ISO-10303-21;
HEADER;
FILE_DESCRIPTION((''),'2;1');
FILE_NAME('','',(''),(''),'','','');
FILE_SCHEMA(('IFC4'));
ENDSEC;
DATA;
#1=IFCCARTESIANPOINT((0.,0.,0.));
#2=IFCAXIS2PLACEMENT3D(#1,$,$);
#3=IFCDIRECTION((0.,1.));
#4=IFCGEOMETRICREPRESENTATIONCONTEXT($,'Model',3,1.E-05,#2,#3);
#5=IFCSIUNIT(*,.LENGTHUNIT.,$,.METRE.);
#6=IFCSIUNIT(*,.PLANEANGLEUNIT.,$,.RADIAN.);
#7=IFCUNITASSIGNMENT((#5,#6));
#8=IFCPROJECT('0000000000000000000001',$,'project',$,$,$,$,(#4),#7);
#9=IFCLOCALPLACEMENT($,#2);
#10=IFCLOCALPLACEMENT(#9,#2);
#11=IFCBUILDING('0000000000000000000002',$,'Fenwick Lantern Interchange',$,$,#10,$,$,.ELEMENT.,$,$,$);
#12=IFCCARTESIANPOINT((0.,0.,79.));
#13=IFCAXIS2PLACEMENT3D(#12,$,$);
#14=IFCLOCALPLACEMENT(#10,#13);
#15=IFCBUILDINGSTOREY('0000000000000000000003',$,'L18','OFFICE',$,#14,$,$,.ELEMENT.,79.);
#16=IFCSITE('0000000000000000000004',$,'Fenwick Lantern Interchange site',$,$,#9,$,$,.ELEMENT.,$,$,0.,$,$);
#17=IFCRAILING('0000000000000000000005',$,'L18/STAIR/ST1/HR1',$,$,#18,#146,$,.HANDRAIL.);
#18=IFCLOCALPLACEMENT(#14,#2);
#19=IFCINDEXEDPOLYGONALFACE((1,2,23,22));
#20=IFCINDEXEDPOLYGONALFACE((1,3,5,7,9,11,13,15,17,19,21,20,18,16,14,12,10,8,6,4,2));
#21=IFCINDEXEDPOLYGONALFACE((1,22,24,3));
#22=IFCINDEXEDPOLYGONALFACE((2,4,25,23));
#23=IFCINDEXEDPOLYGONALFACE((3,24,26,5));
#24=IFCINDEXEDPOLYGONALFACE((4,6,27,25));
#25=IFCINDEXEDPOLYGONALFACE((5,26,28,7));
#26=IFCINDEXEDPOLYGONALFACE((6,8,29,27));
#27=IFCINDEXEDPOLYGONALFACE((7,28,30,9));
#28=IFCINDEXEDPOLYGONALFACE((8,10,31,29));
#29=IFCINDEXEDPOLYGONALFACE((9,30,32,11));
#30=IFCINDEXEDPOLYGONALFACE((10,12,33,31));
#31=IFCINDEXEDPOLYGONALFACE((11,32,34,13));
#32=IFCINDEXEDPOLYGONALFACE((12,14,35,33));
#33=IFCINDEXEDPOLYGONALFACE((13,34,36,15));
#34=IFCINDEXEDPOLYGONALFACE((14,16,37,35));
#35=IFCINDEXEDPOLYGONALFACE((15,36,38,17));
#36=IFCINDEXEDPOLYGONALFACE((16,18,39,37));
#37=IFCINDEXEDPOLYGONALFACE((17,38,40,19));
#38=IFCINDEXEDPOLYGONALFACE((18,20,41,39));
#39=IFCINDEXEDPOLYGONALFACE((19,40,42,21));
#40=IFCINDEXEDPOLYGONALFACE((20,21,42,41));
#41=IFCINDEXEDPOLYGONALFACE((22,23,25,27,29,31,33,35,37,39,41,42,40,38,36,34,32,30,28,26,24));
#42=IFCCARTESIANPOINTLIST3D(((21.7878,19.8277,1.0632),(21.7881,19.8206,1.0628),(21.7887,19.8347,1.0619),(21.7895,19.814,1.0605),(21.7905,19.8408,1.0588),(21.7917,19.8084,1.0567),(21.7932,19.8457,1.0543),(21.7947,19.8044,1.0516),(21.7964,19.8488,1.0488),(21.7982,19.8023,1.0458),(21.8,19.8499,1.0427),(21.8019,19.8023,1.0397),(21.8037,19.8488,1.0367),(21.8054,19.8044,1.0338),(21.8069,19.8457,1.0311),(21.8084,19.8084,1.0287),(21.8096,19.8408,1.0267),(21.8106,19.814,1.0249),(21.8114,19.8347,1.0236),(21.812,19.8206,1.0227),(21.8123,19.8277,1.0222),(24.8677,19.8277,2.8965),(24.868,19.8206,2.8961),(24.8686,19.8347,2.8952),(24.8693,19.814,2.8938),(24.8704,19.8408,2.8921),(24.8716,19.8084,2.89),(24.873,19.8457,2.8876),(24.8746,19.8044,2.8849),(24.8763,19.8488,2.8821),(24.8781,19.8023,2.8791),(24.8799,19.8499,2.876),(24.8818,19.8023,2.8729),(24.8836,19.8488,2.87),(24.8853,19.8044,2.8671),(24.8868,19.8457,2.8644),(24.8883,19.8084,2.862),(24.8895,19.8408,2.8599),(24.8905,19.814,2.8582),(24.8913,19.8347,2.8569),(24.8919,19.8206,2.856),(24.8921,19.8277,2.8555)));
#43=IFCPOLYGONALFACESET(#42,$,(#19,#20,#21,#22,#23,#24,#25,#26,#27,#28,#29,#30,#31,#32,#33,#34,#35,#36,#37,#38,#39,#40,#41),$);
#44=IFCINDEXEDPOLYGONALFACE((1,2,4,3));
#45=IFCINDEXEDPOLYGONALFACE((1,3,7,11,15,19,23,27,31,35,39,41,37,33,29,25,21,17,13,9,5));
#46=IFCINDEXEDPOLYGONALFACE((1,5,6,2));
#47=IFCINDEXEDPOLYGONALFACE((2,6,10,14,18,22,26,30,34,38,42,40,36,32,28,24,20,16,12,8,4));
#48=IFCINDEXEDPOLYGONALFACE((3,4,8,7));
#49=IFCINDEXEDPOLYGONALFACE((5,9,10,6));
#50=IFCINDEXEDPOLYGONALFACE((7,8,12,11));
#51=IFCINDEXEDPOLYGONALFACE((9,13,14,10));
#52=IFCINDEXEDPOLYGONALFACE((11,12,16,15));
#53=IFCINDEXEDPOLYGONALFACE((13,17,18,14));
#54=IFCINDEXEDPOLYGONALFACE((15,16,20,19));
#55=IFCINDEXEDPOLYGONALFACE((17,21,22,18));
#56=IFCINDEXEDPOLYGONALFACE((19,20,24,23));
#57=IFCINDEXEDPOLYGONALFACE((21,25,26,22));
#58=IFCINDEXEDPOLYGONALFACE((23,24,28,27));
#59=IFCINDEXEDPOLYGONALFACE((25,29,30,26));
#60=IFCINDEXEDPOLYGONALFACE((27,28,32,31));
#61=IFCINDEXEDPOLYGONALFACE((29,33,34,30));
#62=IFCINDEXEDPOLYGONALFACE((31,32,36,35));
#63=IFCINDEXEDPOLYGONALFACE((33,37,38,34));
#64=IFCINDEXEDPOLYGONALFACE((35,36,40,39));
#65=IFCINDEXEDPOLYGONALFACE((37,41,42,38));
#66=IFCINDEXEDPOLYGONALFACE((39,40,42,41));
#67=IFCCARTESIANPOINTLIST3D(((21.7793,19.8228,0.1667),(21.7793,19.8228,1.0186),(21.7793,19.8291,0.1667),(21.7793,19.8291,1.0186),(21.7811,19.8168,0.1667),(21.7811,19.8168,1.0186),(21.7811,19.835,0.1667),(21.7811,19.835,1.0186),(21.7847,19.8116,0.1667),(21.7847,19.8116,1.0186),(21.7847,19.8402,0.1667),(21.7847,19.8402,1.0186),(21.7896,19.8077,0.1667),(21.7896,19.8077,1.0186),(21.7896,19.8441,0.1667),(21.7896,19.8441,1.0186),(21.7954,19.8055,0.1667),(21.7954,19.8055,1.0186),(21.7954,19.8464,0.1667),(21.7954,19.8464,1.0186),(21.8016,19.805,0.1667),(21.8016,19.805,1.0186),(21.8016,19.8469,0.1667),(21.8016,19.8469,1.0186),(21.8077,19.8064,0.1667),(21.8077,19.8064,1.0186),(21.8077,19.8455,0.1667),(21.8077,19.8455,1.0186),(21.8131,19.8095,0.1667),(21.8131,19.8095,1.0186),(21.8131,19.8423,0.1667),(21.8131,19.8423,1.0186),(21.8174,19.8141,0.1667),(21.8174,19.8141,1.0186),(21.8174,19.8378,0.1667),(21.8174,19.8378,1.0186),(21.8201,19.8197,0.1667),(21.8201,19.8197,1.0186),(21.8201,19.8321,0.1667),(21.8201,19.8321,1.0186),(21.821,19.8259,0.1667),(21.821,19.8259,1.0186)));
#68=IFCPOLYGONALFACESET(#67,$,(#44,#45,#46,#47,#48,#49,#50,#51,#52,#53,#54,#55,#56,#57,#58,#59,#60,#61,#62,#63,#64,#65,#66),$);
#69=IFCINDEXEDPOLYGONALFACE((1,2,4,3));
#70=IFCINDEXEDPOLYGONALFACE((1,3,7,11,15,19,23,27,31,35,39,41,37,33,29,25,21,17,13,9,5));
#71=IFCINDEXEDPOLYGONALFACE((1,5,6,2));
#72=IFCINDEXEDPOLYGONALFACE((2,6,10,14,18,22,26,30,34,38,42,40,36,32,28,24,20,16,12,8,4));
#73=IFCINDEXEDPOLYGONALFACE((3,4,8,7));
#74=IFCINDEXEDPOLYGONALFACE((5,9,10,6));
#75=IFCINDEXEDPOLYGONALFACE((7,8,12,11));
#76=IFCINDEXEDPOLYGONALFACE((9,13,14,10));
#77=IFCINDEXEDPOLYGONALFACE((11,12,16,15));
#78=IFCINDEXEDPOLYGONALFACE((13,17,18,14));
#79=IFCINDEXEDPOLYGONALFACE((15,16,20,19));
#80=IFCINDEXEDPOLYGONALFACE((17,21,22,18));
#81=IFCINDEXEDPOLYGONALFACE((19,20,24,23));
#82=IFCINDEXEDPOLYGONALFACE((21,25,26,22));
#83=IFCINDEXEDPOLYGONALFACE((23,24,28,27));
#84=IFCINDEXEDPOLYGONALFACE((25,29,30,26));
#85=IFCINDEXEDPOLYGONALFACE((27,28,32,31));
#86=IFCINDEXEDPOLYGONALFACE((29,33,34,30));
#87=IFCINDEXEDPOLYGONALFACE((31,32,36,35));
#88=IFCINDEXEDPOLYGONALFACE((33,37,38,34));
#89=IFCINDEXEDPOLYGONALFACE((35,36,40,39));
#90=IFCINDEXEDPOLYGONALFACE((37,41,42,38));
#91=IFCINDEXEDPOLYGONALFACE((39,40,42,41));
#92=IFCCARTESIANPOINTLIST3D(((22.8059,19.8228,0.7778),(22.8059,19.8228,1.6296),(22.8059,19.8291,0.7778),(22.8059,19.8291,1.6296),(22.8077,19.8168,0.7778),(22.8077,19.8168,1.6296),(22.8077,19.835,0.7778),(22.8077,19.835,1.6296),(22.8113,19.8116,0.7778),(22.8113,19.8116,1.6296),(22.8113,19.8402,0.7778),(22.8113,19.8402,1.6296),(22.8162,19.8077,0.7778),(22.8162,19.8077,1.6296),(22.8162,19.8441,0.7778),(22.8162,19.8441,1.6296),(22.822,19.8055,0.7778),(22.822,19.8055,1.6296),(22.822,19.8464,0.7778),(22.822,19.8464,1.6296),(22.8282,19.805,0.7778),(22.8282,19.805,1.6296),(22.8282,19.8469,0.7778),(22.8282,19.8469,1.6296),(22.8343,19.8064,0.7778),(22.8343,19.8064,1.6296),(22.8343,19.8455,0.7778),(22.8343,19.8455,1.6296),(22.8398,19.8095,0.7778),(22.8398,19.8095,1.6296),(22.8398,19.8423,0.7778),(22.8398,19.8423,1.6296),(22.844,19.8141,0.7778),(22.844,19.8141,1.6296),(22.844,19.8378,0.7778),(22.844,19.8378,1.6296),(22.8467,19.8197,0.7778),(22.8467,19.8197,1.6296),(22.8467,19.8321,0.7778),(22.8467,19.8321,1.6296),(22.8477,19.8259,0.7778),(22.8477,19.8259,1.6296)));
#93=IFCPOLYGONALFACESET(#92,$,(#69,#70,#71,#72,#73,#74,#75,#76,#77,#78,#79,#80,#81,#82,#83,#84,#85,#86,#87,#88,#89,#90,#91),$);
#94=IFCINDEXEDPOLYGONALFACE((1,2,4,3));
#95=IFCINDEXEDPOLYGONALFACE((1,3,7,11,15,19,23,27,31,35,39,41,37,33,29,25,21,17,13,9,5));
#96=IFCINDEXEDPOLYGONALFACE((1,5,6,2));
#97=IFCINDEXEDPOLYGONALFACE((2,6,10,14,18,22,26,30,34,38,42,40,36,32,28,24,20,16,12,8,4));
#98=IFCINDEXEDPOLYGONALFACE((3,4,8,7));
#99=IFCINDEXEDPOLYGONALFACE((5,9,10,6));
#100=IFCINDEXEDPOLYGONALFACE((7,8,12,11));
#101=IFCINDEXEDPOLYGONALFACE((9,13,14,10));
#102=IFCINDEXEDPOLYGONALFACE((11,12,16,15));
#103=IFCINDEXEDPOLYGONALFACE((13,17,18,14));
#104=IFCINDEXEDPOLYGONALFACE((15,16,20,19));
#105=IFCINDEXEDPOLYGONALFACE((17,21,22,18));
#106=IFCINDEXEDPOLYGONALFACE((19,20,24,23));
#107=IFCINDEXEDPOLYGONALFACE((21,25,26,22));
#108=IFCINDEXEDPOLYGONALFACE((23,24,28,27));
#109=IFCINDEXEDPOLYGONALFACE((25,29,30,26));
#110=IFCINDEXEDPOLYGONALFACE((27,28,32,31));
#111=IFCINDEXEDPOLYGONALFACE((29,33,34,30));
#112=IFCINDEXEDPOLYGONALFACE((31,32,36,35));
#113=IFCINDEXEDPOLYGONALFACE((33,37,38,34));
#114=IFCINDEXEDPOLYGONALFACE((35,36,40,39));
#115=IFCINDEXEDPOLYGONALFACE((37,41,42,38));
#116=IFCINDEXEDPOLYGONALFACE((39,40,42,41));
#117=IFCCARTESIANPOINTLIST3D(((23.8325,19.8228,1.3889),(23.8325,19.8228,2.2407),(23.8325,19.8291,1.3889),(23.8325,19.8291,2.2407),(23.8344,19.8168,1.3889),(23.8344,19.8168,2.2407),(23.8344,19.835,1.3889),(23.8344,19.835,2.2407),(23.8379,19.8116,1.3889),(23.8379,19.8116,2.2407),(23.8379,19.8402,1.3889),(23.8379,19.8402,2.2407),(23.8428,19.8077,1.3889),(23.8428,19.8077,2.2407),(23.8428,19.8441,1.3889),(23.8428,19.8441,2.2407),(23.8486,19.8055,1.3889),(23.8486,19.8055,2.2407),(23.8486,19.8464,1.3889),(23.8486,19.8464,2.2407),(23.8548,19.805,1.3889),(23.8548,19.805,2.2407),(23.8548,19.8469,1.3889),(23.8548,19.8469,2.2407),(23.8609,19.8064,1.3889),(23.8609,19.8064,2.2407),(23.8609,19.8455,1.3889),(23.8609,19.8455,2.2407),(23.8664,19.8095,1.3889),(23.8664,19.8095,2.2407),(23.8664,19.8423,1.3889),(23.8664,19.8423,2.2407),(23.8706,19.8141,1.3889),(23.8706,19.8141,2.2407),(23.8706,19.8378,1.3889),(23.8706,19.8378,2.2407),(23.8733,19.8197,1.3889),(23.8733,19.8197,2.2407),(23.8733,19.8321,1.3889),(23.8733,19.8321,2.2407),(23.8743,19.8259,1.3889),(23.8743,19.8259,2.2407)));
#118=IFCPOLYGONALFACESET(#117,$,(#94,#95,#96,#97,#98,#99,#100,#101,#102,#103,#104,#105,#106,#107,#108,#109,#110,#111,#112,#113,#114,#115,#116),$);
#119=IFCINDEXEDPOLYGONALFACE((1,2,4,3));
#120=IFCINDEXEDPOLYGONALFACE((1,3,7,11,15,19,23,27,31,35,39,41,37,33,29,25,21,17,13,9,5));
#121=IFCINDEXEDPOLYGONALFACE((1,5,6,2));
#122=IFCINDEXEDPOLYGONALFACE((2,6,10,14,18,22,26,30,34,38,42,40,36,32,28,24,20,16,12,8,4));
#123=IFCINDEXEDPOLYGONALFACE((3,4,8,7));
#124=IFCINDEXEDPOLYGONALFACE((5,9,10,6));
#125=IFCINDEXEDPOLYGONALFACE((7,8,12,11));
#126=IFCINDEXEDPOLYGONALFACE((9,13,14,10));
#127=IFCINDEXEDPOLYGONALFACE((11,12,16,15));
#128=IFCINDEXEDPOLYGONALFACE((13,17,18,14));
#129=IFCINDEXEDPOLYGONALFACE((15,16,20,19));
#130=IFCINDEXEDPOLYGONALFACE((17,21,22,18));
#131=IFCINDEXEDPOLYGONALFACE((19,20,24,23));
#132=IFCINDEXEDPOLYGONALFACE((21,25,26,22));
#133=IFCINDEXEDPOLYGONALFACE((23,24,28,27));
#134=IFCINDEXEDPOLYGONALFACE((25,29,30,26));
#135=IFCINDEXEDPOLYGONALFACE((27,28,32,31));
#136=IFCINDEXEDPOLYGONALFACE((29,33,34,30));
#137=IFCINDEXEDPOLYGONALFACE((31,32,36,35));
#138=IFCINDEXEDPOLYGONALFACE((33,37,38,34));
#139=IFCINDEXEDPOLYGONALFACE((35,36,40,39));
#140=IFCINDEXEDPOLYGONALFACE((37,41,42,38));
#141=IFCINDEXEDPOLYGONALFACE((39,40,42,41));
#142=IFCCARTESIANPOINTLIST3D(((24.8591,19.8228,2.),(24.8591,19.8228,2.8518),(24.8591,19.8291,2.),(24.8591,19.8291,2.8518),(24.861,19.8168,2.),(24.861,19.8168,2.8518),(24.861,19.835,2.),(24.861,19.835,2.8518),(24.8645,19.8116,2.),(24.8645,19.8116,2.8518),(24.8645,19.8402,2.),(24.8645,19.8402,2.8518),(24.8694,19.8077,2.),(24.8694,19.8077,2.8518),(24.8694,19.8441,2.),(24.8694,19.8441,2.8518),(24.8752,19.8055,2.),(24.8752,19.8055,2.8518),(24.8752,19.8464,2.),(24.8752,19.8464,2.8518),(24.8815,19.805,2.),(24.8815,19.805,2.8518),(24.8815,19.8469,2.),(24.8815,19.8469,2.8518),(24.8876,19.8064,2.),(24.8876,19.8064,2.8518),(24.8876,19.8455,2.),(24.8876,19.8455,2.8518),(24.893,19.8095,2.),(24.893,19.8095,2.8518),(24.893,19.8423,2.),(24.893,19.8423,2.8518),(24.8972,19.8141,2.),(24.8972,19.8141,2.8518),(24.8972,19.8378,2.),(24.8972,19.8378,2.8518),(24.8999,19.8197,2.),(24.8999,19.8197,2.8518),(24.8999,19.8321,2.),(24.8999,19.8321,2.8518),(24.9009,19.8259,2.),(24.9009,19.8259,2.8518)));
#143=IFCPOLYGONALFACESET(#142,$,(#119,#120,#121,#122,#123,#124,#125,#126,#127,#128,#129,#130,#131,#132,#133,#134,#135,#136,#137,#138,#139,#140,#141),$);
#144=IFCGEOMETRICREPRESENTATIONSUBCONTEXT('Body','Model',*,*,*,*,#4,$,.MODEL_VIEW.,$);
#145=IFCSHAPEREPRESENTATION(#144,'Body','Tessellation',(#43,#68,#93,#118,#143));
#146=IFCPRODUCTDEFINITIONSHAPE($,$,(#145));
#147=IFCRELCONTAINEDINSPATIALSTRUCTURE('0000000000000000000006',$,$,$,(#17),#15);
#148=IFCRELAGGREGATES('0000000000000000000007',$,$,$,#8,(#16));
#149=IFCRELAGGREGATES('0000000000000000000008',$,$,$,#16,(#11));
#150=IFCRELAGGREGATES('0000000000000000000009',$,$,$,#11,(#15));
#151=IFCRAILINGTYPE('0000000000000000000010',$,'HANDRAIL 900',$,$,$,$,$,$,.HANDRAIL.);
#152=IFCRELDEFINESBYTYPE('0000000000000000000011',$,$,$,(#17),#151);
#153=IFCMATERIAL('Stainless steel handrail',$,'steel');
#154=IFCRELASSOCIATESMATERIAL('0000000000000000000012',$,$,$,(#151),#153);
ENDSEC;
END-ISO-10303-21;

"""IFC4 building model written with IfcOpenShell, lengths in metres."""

from ifc_helpers import new_model, si_unit, direction, frame, origin, origin_2d, place, context, subcontext, project, spatial, circle, extrude, material, type_object, element, save


model = new_model("IFC4")

# Units and contexts
model_context = context("Model", 3, precision=1e-05, world=origin(), true_north=direction((0.0, 1.0)))
body_context = subcontext(model_context, "Body", "Model", "MODEL_VIEW")
ifc_project = project(units=[si_unit("LENGTHUNIT", "METRE"), si_unit("PLANEANGLEUNIT", "RADIAN")], contexts=[model_context])

# Site, building, storey
site_placement = place(None, origin())
site = spatial("IfcSite", under=ifc_project, at=site_placement, Name="Fenwick Lantern Interchange site", CompositionType="ELEMENT", RefElevation=0.0)
building_placement = place(site_placement, origin())
building = spatial("IfcBuilding", under=site, at=building_placement, Name="Fenwick Lantern Interchange", CompositionType="ELEMENT")
storey_placement = place(building_placement, frame((0.0, 0.0, 79.0)))
storey = spatial("IfcBuildingStorey", under=building, at=storey_placement, Name="L18", Description="OFFICE", CompositionType="ELEMENT", Elevation=79.0)

# Railing
ifc_material_1 = material(Name="Stainless steel handrail", Category="steel")
railing_type = type_object("IfcRailingType", Name="HANDRAIL 900", PredefinedType="HANDRAIL", material=ifc_material_1)
railing_1_placement = place(storey_placement, frame((21.8, 19.8259, 0.1667)))
element("IfcRailing", 1, at=railing_1_placement, inside=storey, type_object=railing_type, Name="L18/STAIR/ST1/HR1", PredefinedType="HANDRAIL", context=body_context, shape_type="SweptSolid", body=[
    extrude(circle(Radius=0.0239, at=origin_2d()), frame((0.0, 0.0, 0.876), z_axis=(0.859291, 0.0, 0.511487), x_axis=(0.0, 1.0, 0.0)), (0.0, 0.0, 1.0), 3.5842),
    extrude(circle(Radius=0.021, at=origin_2d()), origin(), (0.0, 0.0, 1.0), 0.8518),
    extrude(circle(Radius=0.021, at=origin_2d()), frame((1.0266, 0.0, 0.6111)), (0.0, 0.0, 1.0), 0.8518),
    extrude(circle(Radius=0.021, at=origin_2d()), frame((2.0532, 0.0, 1.2222)), (0.0, 0.0, 1.0), 0.8518),
    extrude(circle(Radius=0.021, at=origin_2d()), frame((3.0798, 0.0, 1.8333)), (0.0, 0.0, 1.0), 0.8518),
])

save(model, "model.ifc")
